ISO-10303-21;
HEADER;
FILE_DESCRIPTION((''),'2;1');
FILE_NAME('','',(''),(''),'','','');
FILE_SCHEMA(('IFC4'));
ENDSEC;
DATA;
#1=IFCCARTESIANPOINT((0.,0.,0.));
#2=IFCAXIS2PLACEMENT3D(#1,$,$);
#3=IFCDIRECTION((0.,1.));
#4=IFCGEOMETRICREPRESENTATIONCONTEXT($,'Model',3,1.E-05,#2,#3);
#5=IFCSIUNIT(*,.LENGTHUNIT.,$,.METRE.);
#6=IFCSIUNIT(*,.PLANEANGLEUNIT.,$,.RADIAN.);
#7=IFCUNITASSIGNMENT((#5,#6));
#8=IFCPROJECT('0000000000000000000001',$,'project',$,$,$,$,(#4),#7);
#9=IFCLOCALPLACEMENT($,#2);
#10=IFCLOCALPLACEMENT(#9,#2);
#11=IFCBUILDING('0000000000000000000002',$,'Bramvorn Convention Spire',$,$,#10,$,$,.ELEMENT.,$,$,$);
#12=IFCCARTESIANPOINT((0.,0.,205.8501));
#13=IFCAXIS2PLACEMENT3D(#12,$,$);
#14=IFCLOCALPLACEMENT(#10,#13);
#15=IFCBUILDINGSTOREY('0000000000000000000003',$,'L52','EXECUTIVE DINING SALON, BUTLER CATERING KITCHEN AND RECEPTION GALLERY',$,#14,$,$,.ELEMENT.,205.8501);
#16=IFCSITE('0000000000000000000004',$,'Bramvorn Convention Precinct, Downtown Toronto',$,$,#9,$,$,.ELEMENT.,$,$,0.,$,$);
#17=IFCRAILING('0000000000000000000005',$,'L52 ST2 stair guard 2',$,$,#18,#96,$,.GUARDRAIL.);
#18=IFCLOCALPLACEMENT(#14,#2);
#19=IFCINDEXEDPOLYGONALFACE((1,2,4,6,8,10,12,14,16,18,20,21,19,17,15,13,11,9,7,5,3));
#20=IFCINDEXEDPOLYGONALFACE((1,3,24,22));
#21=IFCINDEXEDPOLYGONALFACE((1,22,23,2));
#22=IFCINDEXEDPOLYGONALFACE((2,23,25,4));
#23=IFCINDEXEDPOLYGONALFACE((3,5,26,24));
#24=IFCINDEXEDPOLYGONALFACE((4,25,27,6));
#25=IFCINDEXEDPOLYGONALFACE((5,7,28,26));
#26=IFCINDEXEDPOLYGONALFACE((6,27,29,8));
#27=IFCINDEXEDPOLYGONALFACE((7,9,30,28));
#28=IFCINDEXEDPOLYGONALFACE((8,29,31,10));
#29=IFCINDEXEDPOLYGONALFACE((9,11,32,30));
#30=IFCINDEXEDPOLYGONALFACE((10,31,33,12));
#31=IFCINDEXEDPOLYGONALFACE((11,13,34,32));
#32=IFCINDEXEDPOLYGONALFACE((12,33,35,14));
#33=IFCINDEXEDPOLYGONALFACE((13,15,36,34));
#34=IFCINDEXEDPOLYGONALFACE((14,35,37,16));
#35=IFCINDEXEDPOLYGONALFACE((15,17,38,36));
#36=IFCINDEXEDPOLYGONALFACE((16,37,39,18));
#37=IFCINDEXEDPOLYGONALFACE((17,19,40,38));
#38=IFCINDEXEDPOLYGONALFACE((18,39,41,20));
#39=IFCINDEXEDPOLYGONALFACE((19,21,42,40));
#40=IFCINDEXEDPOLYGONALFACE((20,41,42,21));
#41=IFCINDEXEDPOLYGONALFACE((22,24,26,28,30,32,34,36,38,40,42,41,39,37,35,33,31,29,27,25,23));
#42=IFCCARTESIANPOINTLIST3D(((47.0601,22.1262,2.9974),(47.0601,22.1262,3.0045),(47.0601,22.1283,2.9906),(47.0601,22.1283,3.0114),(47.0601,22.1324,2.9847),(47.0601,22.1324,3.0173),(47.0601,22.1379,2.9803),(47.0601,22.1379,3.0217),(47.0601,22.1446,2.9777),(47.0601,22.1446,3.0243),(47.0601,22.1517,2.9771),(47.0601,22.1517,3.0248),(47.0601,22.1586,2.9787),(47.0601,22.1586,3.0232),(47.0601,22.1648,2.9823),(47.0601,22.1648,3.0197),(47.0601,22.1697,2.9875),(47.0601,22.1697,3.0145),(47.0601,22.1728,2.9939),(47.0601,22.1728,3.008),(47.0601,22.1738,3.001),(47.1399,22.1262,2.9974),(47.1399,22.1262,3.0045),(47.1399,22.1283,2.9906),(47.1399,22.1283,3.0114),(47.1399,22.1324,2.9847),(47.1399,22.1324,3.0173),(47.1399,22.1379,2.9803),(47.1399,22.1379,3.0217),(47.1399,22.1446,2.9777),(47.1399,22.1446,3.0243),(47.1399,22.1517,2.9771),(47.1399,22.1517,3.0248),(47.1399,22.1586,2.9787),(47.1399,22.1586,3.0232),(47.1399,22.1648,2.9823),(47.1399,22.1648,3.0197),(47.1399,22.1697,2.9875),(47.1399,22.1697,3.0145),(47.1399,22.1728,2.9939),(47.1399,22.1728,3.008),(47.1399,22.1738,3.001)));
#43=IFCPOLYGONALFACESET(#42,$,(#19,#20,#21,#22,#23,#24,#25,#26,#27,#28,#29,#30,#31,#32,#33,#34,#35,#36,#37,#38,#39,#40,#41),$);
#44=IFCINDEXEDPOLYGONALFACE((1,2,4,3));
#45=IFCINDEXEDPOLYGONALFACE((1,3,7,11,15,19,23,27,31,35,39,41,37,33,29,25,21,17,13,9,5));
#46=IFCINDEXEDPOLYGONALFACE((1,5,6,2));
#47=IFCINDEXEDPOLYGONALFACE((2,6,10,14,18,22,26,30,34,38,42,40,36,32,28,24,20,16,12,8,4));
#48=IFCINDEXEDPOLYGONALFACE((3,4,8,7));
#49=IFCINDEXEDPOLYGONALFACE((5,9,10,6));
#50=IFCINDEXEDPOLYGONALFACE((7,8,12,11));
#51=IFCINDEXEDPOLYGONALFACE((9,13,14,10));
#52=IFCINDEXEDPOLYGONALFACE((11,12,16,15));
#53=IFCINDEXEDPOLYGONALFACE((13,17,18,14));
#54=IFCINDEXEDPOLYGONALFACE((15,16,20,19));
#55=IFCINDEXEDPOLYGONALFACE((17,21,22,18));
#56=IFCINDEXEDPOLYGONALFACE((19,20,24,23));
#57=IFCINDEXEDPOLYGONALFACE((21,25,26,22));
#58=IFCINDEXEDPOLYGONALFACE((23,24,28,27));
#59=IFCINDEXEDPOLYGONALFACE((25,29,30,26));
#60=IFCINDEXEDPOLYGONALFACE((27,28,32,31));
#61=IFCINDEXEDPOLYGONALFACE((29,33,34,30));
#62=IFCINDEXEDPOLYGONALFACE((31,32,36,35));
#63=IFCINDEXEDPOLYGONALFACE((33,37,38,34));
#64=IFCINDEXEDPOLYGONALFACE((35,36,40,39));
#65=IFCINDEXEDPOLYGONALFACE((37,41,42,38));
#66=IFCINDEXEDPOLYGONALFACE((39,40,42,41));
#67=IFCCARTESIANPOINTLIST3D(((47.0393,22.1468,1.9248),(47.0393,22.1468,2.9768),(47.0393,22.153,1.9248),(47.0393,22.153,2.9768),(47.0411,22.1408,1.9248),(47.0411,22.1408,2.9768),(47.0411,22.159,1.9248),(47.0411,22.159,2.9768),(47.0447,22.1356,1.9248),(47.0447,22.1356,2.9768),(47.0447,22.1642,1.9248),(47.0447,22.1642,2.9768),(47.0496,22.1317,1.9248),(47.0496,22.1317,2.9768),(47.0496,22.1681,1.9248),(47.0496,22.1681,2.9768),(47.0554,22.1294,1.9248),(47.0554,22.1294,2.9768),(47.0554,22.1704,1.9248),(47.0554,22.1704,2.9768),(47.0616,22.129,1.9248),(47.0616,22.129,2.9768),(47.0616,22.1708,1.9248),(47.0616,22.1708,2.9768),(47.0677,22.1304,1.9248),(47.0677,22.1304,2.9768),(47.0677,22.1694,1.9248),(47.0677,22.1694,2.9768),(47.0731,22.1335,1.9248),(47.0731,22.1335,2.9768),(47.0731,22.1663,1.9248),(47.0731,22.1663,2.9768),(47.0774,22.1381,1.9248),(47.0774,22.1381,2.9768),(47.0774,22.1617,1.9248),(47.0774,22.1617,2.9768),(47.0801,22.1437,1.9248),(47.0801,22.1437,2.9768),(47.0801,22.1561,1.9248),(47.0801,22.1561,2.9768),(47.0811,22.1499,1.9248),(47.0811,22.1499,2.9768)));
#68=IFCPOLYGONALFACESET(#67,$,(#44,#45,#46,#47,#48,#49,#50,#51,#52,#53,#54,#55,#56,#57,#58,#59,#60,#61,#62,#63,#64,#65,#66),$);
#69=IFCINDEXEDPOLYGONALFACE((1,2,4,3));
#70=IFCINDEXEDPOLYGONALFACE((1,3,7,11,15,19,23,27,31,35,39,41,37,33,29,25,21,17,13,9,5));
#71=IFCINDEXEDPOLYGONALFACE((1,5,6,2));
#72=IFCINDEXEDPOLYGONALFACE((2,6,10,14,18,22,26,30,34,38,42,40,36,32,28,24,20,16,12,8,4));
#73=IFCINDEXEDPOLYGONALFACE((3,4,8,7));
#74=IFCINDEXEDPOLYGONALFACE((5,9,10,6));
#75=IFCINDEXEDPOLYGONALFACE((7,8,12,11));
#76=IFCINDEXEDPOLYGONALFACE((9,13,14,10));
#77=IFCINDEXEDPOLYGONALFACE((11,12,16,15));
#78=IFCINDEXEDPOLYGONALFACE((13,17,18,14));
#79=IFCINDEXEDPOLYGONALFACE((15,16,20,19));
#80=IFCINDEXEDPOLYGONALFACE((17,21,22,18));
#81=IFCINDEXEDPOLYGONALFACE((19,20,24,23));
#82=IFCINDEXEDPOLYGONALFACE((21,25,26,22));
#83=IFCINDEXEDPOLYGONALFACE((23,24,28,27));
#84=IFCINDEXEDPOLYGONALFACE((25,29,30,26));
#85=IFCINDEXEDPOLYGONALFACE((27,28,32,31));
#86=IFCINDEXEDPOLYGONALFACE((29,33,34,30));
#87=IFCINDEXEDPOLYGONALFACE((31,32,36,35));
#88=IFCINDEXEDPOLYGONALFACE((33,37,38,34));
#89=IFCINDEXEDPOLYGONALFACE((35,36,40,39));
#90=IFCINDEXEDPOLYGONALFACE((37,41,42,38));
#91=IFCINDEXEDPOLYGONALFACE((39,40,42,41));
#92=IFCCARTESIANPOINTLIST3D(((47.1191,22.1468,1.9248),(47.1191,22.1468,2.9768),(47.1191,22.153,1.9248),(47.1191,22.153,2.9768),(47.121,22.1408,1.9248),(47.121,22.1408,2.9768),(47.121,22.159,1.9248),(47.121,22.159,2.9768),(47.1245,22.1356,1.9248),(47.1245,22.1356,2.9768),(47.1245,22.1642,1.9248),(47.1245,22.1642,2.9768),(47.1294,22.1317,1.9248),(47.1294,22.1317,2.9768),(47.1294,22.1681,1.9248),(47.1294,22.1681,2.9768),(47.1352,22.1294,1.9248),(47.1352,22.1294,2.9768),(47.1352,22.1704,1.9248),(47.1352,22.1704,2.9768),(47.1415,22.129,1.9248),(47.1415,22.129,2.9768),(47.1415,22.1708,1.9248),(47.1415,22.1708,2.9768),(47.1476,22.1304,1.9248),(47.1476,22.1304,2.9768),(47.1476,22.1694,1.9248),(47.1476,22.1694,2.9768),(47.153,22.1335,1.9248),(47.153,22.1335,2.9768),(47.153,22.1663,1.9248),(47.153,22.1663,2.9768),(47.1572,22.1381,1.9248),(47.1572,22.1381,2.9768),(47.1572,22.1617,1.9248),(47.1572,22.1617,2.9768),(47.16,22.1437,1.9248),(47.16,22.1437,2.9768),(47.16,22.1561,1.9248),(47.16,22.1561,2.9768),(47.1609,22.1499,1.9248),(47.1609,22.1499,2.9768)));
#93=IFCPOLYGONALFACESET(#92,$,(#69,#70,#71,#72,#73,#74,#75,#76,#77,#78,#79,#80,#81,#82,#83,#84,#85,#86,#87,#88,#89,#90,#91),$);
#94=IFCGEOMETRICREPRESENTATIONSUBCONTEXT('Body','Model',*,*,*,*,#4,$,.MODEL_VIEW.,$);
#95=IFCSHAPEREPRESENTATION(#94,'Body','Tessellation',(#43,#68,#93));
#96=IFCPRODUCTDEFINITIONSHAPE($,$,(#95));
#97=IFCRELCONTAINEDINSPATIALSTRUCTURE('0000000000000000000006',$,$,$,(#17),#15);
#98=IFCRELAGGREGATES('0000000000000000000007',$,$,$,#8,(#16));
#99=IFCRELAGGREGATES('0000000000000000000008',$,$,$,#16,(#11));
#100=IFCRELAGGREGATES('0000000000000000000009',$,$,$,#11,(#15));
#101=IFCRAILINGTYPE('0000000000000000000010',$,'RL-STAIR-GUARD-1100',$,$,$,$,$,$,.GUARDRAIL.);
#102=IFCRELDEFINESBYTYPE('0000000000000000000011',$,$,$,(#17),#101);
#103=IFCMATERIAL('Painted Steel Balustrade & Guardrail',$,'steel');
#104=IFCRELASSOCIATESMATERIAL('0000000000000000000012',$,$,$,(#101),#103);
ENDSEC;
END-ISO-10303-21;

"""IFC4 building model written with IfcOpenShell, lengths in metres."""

from ifc_helpers import new_model, si_unit, direction, frame, origin, origin_2d, place, context, subcontext, project, spatial, circle, extrude, material, type_object, element, save


model = new_model("IFC4")

# Units and contexts
model_context = context("Model", 3, precision=1e-05, world=origin(), true_north=direction((0.0, 1.0)))
body_context = subcontext(model_context, "Body", "Model", "MODEL_VIEW")
ifc_project = project(units=[si_unit("LENGTHUNIT", "METRE"), si_unit("PLANEANGLEUNIT", "RADIAN")], contexts=[model_context])

# Site, building, storey
site_placement = place(None, origin())
site = spatial("IfcSite", under=ifc_project, at=site_placement, Name="Bramvorn Convention Precinct, Downtown Toronto", CompositionType="ELEMENT", RefElevation=0.0)
building_placement = place(site_placement, origin())
building = spatial("IfcBuilding", under=site, at=building_placement, Name="Bramvorn Convention Spire", CompositionType="ELEMENT")
storey_placement = place(building_placement, frame((0.0, 0.0, 205.8501)))
storey = spatial("IfcBuildingStorey", under=building, at=storey_placement, Name="L52", Description="EXECUTIVE DINING SALON, BUTLER CATERING KITCHEN AND RECEPTION GALLERY", CompositionType="ELEMENT", Elevation=205.8501)

# Railing
ifc_material_1 = material(Name="Painted Steel Balustrade & Guardrail", Category="steel")
railing_type_1 = type_object("IfcRailingType", Name="RL-STAIR-GUARD-1100", PredefinedType="GUARDRAIL", material=ifc_material_1)
railing_1_placement = place(storey_placement, frame((47.0601, 22.1499, 1.9248)))
element("IfcRailing", 1, at=railing_1_placement, inside=storey, type_object=railing_type_1, Name="L52 ST2 stair guard 2", PredefinedType="GUARDRAIL", context=body_context, shape_type="SweptSolid", body=[
    extrude(circle(Radius=0.0239, at=origin_2d()), frame((0.0, 0.0, 1.0762), z_axis=(1.0, 0.0, 0.0), x_axis=(0.0, 1.0, 0.0)), (0.0, 0.0, 1.0), 0.0798),
    extrude(circle(Radius=0.021, at=origin_2d()), origin(), (0.0, 0.0, 1.0), 1.052),
    extrude(circle(Radius=0.021, at=origin_2d()), frame((0.0798, 0.0, 0.0)), (0.0, 0.0, 1.0), 1.052),
])

save(model, "model.ifc")
